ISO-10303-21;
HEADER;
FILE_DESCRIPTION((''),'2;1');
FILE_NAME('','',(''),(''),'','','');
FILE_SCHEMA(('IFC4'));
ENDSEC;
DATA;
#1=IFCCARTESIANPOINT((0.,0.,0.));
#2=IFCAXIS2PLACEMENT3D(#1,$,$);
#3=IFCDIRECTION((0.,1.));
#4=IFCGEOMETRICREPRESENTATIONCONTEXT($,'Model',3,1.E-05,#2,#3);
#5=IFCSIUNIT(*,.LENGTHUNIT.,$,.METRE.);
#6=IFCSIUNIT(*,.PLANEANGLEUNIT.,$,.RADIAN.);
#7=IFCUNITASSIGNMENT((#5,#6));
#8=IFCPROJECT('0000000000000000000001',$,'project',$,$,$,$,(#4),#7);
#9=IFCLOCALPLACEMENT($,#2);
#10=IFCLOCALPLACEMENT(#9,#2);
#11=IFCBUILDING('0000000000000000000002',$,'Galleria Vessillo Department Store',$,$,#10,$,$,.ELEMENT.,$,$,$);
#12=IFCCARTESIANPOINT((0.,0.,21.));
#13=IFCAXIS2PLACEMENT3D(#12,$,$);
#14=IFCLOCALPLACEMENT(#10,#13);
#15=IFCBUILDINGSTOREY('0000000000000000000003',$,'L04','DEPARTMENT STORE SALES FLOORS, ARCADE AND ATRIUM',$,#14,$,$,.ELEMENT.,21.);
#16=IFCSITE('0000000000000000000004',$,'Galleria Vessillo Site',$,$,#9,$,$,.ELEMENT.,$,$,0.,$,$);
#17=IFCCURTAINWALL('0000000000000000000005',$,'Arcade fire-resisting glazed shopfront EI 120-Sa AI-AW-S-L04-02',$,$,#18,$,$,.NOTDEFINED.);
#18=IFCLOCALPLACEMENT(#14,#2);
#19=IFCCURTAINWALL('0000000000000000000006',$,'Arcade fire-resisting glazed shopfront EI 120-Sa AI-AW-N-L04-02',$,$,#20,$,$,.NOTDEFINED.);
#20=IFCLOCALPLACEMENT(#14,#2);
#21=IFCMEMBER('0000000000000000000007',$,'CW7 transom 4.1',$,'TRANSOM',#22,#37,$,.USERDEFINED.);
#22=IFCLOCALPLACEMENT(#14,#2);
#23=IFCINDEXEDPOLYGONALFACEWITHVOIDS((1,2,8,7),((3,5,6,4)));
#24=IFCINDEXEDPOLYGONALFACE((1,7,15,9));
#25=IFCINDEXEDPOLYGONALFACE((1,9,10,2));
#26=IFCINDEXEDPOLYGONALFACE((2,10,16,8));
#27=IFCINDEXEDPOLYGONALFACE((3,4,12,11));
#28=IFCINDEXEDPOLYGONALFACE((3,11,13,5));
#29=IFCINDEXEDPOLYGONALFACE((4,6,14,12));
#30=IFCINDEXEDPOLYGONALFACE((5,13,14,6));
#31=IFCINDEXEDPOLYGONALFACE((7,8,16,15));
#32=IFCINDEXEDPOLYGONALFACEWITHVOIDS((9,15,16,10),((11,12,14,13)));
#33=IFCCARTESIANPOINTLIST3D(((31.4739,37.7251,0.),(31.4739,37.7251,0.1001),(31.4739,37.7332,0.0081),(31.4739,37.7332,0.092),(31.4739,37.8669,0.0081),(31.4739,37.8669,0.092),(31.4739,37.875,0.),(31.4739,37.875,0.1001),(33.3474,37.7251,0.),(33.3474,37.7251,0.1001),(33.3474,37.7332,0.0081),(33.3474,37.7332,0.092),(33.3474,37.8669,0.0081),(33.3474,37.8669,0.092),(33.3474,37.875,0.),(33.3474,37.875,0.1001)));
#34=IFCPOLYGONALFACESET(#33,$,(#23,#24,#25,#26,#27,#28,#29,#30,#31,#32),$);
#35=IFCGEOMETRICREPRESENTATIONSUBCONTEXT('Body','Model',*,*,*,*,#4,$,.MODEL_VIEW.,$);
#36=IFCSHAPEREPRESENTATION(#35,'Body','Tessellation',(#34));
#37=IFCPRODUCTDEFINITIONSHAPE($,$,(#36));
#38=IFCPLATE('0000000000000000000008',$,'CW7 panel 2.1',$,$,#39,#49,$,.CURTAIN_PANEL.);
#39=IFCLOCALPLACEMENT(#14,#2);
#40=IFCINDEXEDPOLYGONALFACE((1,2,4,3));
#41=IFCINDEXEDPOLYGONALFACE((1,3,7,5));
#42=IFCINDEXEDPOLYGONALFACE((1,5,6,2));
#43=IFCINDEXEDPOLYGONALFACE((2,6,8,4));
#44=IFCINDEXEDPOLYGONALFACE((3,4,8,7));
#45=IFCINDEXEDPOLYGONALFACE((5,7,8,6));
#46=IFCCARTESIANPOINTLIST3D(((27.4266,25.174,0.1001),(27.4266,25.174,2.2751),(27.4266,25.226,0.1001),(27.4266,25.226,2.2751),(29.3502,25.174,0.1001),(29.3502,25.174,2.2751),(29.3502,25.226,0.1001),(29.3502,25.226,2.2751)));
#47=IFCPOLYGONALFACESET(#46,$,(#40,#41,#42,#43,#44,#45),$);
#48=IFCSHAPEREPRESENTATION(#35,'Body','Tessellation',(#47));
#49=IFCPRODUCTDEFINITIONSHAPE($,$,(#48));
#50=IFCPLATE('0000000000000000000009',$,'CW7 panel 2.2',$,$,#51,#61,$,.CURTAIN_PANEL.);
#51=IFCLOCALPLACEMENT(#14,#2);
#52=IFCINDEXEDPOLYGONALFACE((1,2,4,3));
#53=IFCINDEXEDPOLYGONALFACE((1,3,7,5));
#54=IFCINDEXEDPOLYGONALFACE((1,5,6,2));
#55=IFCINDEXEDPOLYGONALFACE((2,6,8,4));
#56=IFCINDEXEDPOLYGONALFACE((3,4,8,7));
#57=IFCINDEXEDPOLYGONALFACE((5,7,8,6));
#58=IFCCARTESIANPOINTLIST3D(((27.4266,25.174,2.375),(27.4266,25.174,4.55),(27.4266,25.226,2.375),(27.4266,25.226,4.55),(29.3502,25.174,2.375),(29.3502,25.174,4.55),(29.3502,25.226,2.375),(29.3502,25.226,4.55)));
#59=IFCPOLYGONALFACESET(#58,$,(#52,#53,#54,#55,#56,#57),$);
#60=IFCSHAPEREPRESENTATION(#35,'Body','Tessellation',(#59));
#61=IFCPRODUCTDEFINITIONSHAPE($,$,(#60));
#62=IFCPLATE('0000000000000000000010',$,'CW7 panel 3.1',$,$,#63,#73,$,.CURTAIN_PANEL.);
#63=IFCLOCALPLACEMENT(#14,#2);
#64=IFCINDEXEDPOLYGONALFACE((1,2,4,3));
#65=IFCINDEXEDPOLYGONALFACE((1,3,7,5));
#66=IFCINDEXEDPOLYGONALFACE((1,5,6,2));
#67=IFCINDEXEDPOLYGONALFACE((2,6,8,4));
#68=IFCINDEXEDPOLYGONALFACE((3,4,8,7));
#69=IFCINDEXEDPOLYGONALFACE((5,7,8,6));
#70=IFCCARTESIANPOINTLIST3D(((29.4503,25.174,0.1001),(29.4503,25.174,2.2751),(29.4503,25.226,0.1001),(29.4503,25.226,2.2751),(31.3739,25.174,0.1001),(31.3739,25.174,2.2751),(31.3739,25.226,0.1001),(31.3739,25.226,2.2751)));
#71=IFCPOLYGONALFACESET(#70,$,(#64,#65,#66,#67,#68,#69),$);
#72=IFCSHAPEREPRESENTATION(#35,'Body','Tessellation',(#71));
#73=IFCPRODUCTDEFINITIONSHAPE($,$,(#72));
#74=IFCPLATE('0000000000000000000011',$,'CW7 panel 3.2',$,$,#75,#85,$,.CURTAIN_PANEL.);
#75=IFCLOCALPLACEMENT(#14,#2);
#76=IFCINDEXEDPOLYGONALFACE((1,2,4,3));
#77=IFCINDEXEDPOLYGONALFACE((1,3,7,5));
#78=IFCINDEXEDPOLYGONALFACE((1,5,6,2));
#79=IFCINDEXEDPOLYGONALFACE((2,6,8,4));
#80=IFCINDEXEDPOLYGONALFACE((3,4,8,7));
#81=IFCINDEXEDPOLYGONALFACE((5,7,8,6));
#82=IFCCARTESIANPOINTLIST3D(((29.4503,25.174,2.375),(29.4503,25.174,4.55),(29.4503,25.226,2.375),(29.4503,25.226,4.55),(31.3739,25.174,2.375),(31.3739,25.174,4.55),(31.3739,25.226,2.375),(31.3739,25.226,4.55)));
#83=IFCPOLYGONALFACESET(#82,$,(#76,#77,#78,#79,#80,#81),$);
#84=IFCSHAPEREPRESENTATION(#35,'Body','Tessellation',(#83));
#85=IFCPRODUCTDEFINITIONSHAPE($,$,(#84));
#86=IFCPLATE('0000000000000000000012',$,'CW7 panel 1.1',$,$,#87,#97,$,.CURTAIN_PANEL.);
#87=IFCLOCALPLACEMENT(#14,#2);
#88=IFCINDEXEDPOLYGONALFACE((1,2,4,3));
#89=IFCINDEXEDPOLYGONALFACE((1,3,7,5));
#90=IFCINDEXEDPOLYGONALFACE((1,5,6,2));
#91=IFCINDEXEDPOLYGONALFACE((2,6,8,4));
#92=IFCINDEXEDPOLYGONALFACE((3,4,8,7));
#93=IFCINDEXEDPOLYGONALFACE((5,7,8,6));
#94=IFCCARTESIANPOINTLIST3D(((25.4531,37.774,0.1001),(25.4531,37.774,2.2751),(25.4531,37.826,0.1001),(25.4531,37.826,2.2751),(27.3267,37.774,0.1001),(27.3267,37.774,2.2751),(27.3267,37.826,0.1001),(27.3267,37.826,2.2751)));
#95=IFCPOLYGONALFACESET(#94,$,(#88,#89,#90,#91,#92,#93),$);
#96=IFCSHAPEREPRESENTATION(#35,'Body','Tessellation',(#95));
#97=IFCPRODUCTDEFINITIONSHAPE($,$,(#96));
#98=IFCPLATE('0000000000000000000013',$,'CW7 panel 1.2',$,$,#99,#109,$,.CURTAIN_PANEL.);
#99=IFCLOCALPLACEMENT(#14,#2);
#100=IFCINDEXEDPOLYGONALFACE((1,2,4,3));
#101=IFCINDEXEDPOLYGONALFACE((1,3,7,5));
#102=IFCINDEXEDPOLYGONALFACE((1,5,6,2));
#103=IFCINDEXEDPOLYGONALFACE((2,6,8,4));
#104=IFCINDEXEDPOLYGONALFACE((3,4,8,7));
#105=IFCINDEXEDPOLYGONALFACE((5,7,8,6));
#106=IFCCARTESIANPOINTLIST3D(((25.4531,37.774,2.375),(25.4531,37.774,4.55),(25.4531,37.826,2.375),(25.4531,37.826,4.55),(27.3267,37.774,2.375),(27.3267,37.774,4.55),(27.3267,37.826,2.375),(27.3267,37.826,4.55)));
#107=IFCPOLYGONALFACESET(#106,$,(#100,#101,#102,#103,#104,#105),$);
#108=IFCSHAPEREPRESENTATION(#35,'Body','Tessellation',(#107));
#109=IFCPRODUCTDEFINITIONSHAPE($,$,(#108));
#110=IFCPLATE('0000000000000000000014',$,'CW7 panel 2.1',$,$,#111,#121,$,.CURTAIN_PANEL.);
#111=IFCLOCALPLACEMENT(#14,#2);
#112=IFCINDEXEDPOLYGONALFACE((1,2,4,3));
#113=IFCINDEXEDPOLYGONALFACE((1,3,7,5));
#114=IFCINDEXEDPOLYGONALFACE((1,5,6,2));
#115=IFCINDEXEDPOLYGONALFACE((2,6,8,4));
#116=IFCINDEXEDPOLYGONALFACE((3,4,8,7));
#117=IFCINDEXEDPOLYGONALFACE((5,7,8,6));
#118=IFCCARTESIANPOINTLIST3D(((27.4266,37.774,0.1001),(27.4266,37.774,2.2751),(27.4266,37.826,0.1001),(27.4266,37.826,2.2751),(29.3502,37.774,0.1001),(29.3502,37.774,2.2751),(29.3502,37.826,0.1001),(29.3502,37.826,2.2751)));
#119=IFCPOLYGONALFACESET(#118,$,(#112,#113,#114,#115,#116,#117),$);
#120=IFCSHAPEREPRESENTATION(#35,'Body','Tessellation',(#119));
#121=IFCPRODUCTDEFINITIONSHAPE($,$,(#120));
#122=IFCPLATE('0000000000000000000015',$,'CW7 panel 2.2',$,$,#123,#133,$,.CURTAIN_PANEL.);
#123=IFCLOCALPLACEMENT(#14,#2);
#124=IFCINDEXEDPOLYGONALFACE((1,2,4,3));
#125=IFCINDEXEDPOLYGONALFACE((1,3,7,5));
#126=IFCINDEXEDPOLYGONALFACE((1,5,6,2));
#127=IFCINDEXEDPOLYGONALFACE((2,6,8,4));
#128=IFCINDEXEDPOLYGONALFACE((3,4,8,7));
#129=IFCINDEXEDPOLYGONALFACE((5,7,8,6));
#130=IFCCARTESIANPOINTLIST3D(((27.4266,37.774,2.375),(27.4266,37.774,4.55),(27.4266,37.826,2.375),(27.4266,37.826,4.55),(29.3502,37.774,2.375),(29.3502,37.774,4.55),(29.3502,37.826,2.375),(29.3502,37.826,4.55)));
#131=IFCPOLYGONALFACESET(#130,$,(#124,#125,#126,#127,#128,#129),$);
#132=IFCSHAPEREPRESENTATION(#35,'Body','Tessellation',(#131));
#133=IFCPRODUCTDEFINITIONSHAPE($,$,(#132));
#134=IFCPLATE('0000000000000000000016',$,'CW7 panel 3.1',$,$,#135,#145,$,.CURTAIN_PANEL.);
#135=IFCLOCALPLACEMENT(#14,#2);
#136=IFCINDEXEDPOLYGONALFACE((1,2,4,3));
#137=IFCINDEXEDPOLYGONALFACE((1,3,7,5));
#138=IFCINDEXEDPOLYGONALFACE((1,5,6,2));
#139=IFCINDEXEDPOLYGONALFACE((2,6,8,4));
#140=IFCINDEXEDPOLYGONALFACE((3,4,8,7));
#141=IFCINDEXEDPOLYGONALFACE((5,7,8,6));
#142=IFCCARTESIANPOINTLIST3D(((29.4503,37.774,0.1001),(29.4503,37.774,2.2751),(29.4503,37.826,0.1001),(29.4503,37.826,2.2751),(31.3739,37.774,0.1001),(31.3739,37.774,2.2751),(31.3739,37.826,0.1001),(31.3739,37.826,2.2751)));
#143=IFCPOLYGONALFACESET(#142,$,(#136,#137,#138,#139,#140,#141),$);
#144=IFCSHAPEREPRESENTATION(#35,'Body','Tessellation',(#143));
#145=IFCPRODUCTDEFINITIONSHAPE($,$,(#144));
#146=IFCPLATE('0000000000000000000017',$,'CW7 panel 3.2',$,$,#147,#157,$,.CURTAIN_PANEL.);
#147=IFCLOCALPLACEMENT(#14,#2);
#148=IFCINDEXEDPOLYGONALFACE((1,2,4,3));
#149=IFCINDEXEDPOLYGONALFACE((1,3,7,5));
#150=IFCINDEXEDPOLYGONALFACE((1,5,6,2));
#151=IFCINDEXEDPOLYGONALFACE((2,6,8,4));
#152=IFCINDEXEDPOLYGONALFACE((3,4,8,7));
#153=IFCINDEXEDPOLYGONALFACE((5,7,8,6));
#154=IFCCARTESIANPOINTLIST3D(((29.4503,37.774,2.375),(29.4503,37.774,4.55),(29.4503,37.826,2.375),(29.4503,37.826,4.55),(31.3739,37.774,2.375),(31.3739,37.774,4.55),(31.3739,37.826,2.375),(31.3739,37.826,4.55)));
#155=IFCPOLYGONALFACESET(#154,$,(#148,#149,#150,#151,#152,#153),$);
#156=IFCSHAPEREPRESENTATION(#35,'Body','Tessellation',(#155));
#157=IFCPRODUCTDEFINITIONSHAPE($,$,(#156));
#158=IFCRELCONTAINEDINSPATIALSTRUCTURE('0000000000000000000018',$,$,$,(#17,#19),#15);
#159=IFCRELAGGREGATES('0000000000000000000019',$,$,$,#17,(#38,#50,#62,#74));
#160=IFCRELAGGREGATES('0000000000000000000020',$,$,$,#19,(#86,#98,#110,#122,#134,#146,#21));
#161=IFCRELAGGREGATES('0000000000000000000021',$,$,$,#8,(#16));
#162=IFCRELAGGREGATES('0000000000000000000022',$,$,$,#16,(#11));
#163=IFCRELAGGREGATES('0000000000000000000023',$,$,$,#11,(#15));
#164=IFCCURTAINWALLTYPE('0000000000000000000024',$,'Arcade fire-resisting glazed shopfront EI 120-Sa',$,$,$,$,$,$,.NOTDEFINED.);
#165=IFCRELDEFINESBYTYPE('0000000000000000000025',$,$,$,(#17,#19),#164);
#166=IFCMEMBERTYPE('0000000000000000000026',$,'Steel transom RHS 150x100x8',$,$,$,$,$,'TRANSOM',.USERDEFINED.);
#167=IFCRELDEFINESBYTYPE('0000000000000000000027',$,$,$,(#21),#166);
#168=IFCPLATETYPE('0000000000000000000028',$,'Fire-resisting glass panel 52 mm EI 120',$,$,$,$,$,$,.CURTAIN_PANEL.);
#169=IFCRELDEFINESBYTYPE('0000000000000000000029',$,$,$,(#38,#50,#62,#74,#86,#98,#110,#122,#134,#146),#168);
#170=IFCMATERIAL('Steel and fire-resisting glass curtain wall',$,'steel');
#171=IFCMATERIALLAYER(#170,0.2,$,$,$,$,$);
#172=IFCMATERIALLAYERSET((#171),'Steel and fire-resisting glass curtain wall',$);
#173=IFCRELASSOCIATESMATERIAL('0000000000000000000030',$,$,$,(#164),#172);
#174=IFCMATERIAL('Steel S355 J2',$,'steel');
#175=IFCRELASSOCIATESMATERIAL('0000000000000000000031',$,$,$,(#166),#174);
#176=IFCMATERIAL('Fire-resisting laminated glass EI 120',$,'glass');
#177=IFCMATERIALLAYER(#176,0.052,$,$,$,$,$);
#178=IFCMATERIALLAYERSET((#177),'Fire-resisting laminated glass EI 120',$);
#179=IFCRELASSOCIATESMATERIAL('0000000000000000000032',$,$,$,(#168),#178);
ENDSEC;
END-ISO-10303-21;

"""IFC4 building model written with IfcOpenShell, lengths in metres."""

from ifc_helpers import new_model, si_unit, direction, frame, origin, origin_2d, place, context, subcontext, project, spatial, rectangle, hollow_rectangle, extrude, material, layer, layer_set, material_profile, profile_set, type_object, element, aggregate, save


model = new_model("IFC4")

# Units and contexts
model_context = context("Model", 3, precision=1e-05, world=origin(), true_north=direction((0.0, 1.0)))
body_context = subcontext(model_context, "Body", "Model", "MODEL_VIEW")
ifc_project = project(units=[si_unit("LENGTHUNIT", "METRE"), si_unit("PLANEANGLEUNIT", "RADIAN")], contexts=[model_context])

# Site, building, storey
site_placement = place(None, origin())
site = spatial("IfcSite", under=ifc_project, at=site_placement, Name="Galleria Vessillo Site", CompositionType="ELEMENT", RefElevation=0.0)
building_placement = place(site_placement, origin())
building = spatial("IfcBuilding", under=site, at=building_placement, Name="Galleria Vessillo Department Store", CompositionType="ELEMENT")
storey_placement = place(building_placement, frame((0.0, 0.0, 21.0)))
storey = spatial("IfcBuildingStorey", under=building, at=storey_placement, Name="L04", Description="DEPARTMENT STORE SALES FLOORS, ARCADE AND ATRIUM", CompositionType="ELEMENT", Elevation=21.0)

# Curtain walls
ifc_material_1 = material(Name="Steel and fire-resisting glass curtain wall", Category="steel")
ifc_layer_1 = layer(ifc_material_1, 0.2)
ifc_layer_set_1 = layer_set([ifc_layer_1], Name="Steel and fire-resisting glass curtain wall")
curtain_wall_type = type_object("IfcCurtainWallType", Name="Arcade fire-resisting glazed shopfront EI 120-Sa", PredefinedType="NOTDEFINED", material=ifc_layer_set_1)
curtain_wall_1_placement = place(storey_placement, origin())
curtain_wall_1 = element("IfcCurtainWall", 1, at=curtain_wall_1_placement, inside=storey, type_object=curtain_wall_type, Name="Arcade fire-resisting glazed shopfront EI 120-Sa AI-AW-S-L04-02", PredefinedType="NOTDEFINED")
curtain_wall_2_placement = place(storey_placement, origin())
curtain_wall_2 = element("IfcCurtainWall", 2, at=curtain_wall_2_placement, inside=storey, type_object=curtain_wall_type, Name="Arcade fire-resisting glazed shopfront EI 120-Sa AI-AW-N-L04-02", PredefinedType="NOTDEFINED")

# Member
ifc_material_2 = material(Name="Steel S355 J2", Category="steel")
ifc_material_profile_1 = material_profile(ifc_material_2, hollow_rectangle(XDim=0.1499, YDim=0.1001, WallThickness=0.0081, at=origin_2d()), Name="RHS 150x100x8")
ifc_profile_set_1 = profile_set([ifc_material_profile_1], Name="Steel S355 J2")
member_type_1 = type_object("IfcMemberType", Name="Steel transom RHS 150x100x8", ElementType="TRANSOM", PredefinedType="USERDEFINED", material=ifc_profile_set_1)
member_1_placement = place(storey_placement, frame((31.4739, 37.8, 0.05), z_axis=(1.0, 0.0, 0.0), x_axis=(0.0, 1.0, 0.0)))
member_1 = element("IfcMember", 3, at=member_1_placement, type_object=member_type_1, Name="CW7 transom 4.1", ObjectType="TRANSOM", PredefinedType="USERDEFINED", context=body_context, shape_type="SweptSolid", body=[
    extrude(hollow_rectangle(XDim=0.1499, YDim=0.1001, WallThickness=0.0081, at=origin_2d()), origin(), (0.0, 0.0, 1.0), 1.8735),
])

# Plates
ifc_material_3 = material(Name="Fire-resisting laminated glass EI 120", Category="glass")
ifc_layer_2 = layer(ifc_material_3, 0.052)
ifc_layer_set_2 = layer_set([ifc_layer_2], Name="Fire-resisting laminated glass EI 120")
plate_type = type_object("IfcPlateType", Name="Fire-resisting glass panel 52 mm EI 120", PredefinedType="CURTAIN_PANEL", material=ifc_layer_set_2)
plate_1_placement = place(storey_placement, frame((28.3884, 25.2, 0.1001), z_axis=(0.0, 0.0, 1.0), x_axis=(1.0, 0.0, 0.0)))
plate_1 = element("IfcPlate", 4, at=plate_1_placement, type_object=plate_type, Name="CW7 panel 2.1", PredefinedType="CURTAIN_PANEL", context=body_context, shape_type="SweptSolid", body=[
    extrude(rectangle(XDim=1.9236, YDim=0.052, at=origin_2d()), origin(), (0.0, 0.0, 1.0), 2.175),
])
plate_2_placement = place(storey_placement, frame((28.3884, 25.2, 2.375), z_axis=(0.0, 0.0, 1.0), x_axis=(1.0, 0.0, 0.0)))
plate_2 = element("IfcPlate", 5, at=plate_2_placement, type_object=plate_type, Name="CW7 panel 2.2", PredefinedType="CURTAIN_PANEL", context=body_context, shape_type="SweptSolid", body=[
    extrude(rectangle(XDim=1.9236, YDim=0.052, at=origin_2d()), origin(), (0.0, 0.0, 1.0), 2.175),
])
plate_3_placement = place(storey_placement, frame((30.4121, 25.2, 0.1001), z_axis=(0.0, 0.0, 1.0), x_axis=(1.0, 0.0, 0.0)))
plate_3 = element("IfcPlate", 6, at=plate_3_placement, type_object=plate_type, Name="CW7 panel 3.1", PredefinedType="CURTAIN_PANEL", context=body_context, shape_type="SweptSolid", body=[
    extrude(rectangle(XDim=1.9236, YDim=0.052, at=origin_2d()), origin(), (0.0, 0.0, 1.0), 2.175),
])
plate_4_placement = place(storey_placement, frame((30.4121, 25.2, 2.375), z_axis=(0.0, 0.0, 1.0), x_axis=(1.0, 0.0, 0.0)))
plate_4 = element("IfcPlate", 7, at=plate_4_placement, type_object=plate_type, Name="CW7 panel 3.2", PredefinedType="CURTAIN_PANEL", context=body_context, shape_type="SweptSolid", body=[
    extrude(rectangle(XDim=1.9236, YDim=0.052, at=origin_2d()), origin(), (0.0, 0.0, 1.0), 2.175),
])
aggregate(curtain_wall_1, [plate_1, plate_2, plate_3, plate_4])
plate_5_placement = place(storey_placement, frame((26.3899, 37.8, 0.1001), z_axis=(0.0, 0.0, 1.0), x_axis=(1.0, 0.0, 0.0)))
plate_5 = element("IfcPlate", 8, at=plate_5_placement, type_object=plate_type, Name="CW7 panel 1.1", PredefinedType="CURTAIN_PANEL", context=body_context, shape_type="SweptSolid", body=[
    extrude(rectangle(XDim=1.8735, YDim=0.052, at=origin_2d()), origin(), (0.0, 0.0, 1.0), 2.175),
])
plate_6_placement = place(storey_placement, frame((26.3899, 37.8, 2.375), z_axis=(0.0, 0.0, 1.0), x_axis=(1.0, 0.0, 0.0)))
plate_6 = element("IfcPlate", 9, at=plate_6_placement, type_object=plate_type, Name="CW7 panel 1.2", PredefinedType="CURTAIN_PANEL", context=body_context, shape_type="SweptSolid", body=[
    extrude(rectangle(XDim=1.8735, YDim=0.052, at=origin_2d()), origin(), (0.0, 0.0, 1.0), 2.175),
])
plate_7_placement = place(storey_placement, frame((28.3884, 37.8, 0.1001), z_axis=(0.0, 0.0, 1.0), x_axis=(1.0, 0.0, 0.0)))
plate_7 = element("IfcPlate", 10, at=plate_7_placement, type_object=plate_type, Name="CW7 panel 2.1", PredefinedType="CURTAIN_PANEL", context=body_context, shape_type="SweptSolid", body=[
    extrude(rectangle(XDim=1.9236, YDim=0.052, at=origin_2d()), origin(), (0.0, 0.0, 1.0), 2.175),
])
plate_8_placement = place(storey_placement, frame((28.3884, 37.8, 2.375), z_axis=(0.0, 0.0, 1.0), x_axis=(1.0, 0.0, 0.0)))
plate_8 = element("IfcPlate", 11, at=plate_8_placement, type_object=plate_type, Name="CW7 panel 2.2", PredefinedType="CURTAIN_PANEL", context=body_context, shape_type="SweptSolid", body=[
    extrude(rectangle(XDim=1.9236, YDim=0.052, at=origin_2d()), origin(), (0.0, 0.0, 1.0), 2.175),
])
plate_9_placement = place(storey_placement, frame((30.4121, 37.8, 0.1001), z_axis=(0.0, 0.0, 1.0), x_axis=(1.0, 0.0, 0.0)))
plate_9 = element("IfcPlate", 12, at=plate_9_placement, type_object=plate_type, Name="CW7 panel 3.1", PredefinedType="CURTAIN_PANEL", context=body_context, shape_type="SweptSolid", body=[
    extrude(rectangle(XDim=1.9236, YDim=0.052, at=origin_2d()), origin(), (0.0, 0.0, 1.0), 2.175),
])
plate_10_placement = place(storey_placement, frame((30.4121, 37.8, 2.375), z_axis=(0.0, 0.0, 1.0), x_axis=(1.0, 0.0, 0.0)))
plate_10 = element("IfcPlate", 13, at=plate_10_placement, type_object=plate_type, Name="CW7 panel 3.2", PredefinedType="CURTAIN_PANEL", context=body_context, shape_type="SweptSolid", body=[
    extrude(rectangle(XDim=1.9236, YDim=0.052, at=origin_2d()), origin(), (0.0, 0.0, 1.0), 2.175),
])
aggregate(curtain_wall_2, [plate_5, plate_6, plate_7, plate_8, plate_9, plate_10, member_1])

save(model, "model.ifc")
